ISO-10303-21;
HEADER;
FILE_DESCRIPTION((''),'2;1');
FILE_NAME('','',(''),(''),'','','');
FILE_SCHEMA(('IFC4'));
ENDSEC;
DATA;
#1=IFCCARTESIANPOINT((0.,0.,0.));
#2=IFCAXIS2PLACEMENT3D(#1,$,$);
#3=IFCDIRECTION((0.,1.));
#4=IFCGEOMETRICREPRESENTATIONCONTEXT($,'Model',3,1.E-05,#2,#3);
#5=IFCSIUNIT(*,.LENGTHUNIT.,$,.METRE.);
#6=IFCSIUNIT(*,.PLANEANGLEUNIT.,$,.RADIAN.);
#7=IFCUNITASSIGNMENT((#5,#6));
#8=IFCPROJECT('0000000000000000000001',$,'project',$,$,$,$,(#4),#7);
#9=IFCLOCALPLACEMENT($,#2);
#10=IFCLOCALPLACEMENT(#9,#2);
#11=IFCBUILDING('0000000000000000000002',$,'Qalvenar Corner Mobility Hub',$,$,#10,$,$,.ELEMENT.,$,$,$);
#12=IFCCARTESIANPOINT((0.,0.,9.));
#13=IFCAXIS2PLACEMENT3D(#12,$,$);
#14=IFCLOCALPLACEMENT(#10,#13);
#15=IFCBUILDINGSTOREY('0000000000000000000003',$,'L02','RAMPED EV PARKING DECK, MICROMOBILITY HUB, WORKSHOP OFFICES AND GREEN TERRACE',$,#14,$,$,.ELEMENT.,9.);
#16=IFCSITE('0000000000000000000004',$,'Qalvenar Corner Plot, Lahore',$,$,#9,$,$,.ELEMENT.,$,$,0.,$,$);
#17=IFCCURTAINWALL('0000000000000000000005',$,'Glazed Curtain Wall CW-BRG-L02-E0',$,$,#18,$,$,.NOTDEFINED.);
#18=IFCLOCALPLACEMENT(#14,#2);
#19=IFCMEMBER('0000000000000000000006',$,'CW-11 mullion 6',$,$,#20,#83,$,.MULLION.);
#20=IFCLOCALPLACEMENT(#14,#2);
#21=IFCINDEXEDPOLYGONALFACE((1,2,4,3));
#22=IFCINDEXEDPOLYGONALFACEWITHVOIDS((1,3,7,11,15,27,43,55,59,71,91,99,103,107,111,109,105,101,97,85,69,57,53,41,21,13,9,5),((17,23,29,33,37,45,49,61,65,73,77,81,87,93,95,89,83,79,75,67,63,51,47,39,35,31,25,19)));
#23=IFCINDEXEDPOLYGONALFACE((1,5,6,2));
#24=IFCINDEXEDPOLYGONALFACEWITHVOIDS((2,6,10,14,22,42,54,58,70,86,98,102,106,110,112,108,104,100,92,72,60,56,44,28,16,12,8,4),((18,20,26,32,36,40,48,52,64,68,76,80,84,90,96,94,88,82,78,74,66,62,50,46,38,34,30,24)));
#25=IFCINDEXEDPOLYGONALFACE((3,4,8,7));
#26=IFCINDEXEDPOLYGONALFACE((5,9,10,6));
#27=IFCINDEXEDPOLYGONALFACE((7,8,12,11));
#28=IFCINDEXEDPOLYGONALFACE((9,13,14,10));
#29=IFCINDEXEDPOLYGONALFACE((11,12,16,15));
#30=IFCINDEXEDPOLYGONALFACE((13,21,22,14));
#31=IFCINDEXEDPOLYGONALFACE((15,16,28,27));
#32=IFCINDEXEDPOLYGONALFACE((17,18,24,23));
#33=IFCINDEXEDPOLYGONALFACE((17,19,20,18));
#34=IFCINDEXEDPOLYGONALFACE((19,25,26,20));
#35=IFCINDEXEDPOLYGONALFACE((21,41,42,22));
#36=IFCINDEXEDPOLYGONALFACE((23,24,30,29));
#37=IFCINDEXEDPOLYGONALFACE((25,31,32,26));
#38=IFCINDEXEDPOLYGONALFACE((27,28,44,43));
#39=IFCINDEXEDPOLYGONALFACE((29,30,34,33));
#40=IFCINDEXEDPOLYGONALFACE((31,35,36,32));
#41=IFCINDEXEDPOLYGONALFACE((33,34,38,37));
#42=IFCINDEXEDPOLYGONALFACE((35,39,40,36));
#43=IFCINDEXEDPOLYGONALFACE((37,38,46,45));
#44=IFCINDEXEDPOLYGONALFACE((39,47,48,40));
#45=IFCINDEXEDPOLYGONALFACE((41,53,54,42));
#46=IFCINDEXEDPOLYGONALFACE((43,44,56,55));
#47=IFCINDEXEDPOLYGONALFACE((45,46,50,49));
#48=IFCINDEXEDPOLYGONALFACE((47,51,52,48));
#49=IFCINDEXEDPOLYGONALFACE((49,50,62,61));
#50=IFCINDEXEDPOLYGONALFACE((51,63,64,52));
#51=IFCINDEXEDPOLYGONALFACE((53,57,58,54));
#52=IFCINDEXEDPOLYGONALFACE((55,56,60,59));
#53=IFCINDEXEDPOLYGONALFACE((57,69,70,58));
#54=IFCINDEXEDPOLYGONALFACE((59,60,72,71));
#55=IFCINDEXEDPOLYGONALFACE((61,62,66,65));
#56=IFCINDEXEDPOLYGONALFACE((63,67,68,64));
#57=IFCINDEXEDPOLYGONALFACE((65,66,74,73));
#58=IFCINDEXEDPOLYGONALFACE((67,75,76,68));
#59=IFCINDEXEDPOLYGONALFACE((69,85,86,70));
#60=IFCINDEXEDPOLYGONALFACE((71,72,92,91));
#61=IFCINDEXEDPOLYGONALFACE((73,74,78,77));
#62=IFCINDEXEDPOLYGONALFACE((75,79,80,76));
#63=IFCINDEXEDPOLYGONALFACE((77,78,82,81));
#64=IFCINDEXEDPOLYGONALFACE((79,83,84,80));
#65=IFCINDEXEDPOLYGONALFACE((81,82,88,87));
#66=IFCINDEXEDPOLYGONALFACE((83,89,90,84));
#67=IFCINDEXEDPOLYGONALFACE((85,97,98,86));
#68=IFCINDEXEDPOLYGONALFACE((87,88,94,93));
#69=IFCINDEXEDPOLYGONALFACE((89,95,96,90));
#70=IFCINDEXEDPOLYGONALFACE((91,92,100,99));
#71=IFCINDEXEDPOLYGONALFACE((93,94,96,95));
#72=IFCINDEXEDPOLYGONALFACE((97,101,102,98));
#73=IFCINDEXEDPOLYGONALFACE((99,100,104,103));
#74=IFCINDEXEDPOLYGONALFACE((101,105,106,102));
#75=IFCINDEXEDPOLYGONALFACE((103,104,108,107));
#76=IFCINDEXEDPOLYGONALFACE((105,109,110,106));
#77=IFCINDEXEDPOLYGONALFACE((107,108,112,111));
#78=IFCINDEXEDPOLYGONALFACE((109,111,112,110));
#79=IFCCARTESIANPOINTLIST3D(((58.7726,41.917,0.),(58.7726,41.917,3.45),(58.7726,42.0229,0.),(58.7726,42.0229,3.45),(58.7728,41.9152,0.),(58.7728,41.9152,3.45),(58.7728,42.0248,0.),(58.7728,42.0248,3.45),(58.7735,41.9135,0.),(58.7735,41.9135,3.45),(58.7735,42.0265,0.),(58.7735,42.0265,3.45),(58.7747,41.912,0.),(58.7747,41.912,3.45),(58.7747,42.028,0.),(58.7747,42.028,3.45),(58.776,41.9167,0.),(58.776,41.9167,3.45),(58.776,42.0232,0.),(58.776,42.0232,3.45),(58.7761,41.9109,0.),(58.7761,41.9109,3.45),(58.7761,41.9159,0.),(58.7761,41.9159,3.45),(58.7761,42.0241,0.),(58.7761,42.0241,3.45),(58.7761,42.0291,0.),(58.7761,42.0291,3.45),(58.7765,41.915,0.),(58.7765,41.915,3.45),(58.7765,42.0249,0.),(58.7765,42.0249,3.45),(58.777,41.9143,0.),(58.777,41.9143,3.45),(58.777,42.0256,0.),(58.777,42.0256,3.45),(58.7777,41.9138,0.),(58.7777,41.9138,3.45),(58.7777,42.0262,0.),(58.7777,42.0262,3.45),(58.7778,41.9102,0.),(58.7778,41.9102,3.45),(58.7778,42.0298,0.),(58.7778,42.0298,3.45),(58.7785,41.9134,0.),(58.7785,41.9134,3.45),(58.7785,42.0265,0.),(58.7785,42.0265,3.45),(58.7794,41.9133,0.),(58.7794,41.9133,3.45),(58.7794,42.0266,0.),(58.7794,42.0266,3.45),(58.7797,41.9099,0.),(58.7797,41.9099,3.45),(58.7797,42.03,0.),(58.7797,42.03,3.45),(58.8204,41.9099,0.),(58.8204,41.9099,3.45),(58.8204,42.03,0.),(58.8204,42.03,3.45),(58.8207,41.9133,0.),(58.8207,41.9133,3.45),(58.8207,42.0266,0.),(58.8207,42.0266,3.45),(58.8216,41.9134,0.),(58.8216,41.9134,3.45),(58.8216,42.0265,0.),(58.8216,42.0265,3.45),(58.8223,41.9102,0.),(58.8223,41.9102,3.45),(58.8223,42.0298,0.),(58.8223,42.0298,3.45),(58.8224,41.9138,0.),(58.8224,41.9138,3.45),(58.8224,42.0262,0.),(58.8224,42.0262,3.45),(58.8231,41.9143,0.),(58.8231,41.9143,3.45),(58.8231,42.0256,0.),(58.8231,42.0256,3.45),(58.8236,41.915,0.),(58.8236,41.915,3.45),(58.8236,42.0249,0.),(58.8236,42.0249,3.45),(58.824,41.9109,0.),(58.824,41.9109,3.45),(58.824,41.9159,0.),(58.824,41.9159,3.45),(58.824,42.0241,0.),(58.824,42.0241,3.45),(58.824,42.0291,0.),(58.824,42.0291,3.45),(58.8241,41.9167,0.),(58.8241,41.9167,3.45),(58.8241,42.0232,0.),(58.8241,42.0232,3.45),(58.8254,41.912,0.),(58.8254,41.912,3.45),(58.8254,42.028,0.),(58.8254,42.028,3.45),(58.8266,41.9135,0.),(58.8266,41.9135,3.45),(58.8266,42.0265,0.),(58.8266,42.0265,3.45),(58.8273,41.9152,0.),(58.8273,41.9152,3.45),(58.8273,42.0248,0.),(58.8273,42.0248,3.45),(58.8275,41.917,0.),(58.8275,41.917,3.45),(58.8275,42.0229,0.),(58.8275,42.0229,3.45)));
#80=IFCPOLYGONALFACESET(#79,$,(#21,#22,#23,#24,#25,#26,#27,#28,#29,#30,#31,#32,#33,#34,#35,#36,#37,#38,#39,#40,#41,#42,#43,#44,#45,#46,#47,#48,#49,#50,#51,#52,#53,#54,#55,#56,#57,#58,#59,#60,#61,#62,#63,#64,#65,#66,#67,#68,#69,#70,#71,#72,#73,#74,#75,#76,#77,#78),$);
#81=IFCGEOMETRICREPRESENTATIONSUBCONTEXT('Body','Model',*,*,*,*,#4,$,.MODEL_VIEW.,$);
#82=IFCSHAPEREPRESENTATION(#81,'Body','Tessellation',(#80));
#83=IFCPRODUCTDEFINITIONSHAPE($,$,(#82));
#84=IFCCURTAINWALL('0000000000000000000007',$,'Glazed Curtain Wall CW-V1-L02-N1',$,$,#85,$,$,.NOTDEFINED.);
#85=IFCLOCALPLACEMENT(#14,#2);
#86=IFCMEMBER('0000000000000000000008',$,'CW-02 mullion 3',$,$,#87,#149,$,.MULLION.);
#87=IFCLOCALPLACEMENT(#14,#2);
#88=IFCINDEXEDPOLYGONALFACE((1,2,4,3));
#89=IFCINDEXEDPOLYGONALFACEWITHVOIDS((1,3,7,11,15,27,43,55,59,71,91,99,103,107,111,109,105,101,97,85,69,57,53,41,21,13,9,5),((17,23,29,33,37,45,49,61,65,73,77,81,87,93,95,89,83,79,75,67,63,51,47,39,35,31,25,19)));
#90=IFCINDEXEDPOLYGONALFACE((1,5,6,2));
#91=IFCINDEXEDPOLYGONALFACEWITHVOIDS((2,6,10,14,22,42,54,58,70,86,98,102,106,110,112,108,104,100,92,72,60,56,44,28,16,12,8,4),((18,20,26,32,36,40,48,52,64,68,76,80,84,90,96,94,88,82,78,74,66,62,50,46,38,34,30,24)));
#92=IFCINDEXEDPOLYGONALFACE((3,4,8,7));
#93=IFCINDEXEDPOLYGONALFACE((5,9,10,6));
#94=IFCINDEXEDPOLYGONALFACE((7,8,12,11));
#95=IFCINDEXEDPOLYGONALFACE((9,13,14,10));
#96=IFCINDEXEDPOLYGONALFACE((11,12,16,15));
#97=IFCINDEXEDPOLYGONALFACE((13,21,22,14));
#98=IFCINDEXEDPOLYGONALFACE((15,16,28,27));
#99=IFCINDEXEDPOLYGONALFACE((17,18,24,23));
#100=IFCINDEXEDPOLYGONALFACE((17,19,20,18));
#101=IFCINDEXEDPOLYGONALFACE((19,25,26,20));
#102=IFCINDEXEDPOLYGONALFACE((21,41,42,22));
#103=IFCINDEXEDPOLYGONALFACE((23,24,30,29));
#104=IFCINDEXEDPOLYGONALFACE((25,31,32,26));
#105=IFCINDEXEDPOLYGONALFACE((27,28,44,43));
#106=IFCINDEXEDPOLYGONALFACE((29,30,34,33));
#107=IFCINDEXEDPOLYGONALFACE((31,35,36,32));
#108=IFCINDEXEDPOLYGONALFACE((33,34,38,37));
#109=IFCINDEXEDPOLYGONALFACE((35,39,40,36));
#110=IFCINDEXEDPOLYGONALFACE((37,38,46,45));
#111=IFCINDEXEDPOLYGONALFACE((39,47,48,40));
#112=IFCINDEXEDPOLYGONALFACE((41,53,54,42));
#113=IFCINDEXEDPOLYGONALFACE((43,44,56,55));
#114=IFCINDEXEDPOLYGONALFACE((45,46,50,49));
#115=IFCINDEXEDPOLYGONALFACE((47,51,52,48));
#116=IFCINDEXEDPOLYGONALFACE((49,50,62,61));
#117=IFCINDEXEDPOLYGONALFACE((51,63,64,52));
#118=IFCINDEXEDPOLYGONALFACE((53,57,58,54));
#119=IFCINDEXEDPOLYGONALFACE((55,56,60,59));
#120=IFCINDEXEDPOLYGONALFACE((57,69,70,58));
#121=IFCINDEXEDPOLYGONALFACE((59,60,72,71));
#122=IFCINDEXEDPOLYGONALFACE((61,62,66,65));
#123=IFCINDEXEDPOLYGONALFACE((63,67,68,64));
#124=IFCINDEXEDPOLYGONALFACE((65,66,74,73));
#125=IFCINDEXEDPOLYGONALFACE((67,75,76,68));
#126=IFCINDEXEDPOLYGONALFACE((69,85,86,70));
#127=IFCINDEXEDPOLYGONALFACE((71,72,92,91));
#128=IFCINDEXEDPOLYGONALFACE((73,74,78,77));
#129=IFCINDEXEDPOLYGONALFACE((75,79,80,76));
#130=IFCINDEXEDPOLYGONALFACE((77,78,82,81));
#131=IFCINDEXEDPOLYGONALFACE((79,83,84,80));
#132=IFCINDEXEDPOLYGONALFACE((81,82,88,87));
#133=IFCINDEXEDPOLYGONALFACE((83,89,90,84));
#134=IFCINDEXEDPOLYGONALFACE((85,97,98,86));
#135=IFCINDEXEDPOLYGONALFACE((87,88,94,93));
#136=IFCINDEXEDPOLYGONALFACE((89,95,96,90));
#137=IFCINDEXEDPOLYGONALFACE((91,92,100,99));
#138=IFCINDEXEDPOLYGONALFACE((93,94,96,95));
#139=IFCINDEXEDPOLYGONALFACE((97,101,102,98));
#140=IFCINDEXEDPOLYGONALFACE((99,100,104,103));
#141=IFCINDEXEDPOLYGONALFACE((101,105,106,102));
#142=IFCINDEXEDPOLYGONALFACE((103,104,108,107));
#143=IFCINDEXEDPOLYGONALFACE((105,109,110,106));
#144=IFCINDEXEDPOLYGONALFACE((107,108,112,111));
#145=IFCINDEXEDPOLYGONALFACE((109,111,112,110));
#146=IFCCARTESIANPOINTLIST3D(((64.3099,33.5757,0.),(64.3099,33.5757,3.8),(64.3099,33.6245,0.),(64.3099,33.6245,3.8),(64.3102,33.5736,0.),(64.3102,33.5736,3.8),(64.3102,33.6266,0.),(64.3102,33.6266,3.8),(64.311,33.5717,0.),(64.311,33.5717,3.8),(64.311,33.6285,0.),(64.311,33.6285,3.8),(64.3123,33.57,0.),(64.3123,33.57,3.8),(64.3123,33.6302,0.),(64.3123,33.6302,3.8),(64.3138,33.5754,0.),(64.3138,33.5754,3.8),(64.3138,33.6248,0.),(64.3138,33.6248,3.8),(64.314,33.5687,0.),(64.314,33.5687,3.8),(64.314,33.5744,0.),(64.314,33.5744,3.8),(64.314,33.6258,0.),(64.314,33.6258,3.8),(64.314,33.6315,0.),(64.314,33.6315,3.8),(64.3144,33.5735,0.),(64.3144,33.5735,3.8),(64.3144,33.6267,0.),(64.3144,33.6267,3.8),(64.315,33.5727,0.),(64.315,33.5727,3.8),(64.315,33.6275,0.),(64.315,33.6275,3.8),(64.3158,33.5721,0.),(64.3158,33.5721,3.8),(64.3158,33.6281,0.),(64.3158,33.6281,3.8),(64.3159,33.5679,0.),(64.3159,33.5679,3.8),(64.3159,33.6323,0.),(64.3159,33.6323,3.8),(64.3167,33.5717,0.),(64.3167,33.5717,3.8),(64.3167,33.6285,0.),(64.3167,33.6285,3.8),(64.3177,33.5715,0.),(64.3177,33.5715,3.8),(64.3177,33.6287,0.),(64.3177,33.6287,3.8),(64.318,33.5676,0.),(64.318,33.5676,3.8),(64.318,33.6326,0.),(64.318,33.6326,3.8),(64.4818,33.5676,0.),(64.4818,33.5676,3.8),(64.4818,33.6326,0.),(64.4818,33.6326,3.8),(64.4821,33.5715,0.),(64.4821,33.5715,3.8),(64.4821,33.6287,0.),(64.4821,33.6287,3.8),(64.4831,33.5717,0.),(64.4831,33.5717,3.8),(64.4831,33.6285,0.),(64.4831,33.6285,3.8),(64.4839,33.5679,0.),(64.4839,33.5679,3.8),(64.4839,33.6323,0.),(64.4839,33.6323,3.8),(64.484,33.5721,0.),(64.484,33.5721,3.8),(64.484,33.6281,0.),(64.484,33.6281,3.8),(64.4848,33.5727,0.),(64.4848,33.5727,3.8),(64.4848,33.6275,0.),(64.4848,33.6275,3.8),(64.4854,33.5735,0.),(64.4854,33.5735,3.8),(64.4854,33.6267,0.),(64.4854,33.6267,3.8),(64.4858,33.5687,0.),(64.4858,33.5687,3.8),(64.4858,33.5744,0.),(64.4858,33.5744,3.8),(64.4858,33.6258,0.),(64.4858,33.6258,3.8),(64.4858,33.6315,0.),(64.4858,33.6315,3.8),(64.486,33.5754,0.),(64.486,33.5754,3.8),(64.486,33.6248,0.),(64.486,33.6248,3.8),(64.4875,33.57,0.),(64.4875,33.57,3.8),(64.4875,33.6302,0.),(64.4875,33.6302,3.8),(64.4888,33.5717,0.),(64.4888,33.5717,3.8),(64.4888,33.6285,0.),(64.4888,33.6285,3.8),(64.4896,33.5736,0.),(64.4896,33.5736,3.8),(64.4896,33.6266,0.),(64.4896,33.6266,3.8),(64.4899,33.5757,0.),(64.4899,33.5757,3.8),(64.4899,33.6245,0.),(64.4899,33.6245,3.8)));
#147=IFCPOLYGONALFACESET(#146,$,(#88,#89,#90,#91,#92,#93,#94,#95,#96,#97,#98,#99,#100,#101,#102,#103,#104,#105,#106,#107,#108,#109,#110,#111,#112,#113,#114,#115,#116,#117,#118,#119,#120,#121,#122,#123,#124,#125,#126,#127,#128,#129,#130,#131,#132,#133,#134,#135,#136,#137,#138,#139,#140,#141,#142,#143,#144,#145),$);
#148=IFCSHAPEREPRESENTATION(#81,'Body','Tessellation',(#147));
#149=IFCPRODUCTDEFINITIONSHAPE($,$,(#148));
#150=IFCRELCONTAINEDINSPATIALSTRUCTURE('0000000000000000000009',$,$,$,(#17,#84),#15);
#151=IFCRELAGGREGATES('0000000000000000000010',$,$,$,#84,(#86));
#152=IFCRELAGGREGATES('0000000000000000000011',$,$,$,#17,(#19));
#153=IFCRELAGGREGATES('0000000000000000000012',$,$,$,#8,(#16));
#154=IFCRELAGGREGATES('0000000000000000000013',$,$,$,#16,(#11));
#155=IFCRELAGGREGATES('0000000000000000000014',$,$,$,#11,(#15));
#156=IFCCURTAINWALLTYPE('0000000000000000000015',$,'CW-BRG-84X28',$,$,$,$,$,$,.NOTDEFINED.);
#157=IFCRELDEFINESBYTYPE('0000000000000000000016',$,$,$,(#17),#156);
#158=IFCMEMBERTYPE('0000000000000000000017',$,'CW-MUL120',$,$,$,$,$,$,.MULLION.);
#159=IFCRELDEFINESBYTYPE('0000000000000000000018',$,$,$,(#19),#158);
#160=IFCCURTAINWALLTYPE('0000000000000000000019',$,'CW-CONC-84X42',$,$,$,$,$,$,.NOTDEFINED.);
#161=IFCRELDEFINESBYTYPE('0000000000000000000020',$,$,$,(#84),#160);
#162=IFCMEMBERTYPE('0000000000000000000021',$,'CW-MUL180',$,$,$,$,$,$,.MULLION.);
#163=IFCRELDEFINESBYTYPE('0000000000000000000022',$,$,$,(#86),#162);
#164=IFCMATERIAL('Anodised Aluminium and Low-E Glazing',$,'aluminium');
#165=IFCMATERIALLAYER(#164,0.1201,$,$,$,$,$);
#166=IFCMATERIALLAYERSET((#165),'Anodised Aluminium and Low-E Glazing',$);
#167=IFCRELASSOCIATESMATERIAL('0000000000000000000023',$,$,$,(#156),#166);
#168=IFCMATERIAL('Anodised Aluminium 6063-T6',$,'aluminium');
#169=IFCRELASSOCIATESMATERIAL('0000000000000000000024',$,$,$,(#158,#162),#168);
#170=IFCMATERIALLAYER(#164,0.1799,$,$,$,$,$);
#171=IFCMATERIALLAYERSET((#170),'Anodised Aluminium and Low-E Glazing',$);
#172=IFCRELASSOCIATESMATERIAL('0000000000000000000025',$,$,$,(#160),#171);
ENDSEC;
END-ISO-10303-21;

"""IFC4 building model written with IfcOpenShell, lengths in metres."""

from ifc_helpers import new_model, si_unit, direction, frame, origin, origin_2d, place, context, subcontext, project, spatial, hollow_rectangle, extrude, material, layer, layer_set, material_profile, profile_set, type_object, element, aggregate, save


model = new_model("IFC4")

# Units and contexts
model_context = context("Model", 3, precision=1e-05, world=origin(), true_north=direction((0.0, 1.0)))
body_context = subcontext(model_context, "Body", "Model", "MODEL_VIEW")
ifc_project = project(units=[si_unit("LENGTHUNIT", "METRE"), si_unit("PLANEANGLEUNIT", "RADIAN")], contexts=[model_context])

# Site, building, storey
site_placement = place(None, origin())
site = spatial("IfcSite", under=ifc_project, at=site_placement, Name="Qalvenar Corner Plot, Lahore", CompositionType="ELEMENT", RefElevation=0.0)
building_placement = place(site_placement, origin())
building = spatial("IfcBuilding", under=site, at=building_placement, Name="Qalvenar Corner Mobility Hub", CompositionType="ELEMENT")
storey_placement = place(building_placement, frame((0.0, 0.0, 9.0)))
storey = spatial("IfcBuildingStorey", under=building, at=storey_placement, Name="L02", Description="RAMPED EV PARKING DECK, MICROMOBILITY HUB, WORKSHOP OFFICES AND GREEN TERRACE", CompositionType="ELEMENT", Elevation=9.0)

# Curtain wall, member
ifc_material_1 = material(Name="Anodised Aluminium and Low-E Glazing", Category="aluminium")
ifc_layer_1 = layer(ifc_material_1, 0.1201)
ifc_layer_set_1 = layer_set([ifc_layer_1], Name="Anodised Aluminium and Low-E Glazing")
curtain_wall_type_1 = type_object("IfcCurtainWallType", Name="CW-BRG-84X28", PredefinedType="NOTDEFINED", material=ifc_layer_set_1)
curtain_wall_1_placement = place(storey_placement, origin())
curtain_wall_1 = element("IfcCurtainWall", 1, at=curtain_wall_1_placement, inside=storey, type_object=curtain_wall_type_1, Name="Glazed Curtain Wall CW-BRG-L02-E0", PredefinedType="NOTDEFINED")
ifc_material_2 = material(Name="Anodised Aluminium 6063-T6", Category="aluminium")
ifc_material_profile_1 = material_profile(ifc_material_2, hollow_rectangle(XDim=0.0549, YDim=0.1201, WallThickness=0.0034, InnerFilletRadius=0.0034, OuterFilletRadius=0.0071, at=origin_2d()), Name="RHS120x55x3.5")
ifc_profile_set_1 = profile_set([ifc_material_profile_1], Name="Anodised Aluminium 6063-T6")
member_type_1 = type_object("IfcMemberType", Name="CW-MUL120", PredefinedType="MULLION", material=ifc_profile_set_1)
member_1_placement = place(storey_placement, frame((58.8, 41.97, 0.0), z_axis=(0.0, 0.0, 1.0), x_axis=(-1.0, 0.0, 0.0)))
member_1 = element("IfcMember", 2, at=member_1_placement, type_object=member_type_1, Name="CW-11 mullion 6", PredefinedType="MULLION", context=body_context, shape_type="SweptSolid", body=[
    extrude(hollow_rectangle(XDim=0.0549, YDim=0.1201, WallThickness=0.0034, InnerFilletRadius=0.0034, OuterFilletRadius=0.0071, at=origin_2d()), origin(), (0.0, 0.0, 1.0), 3.45),
])

# Curtain wall, member
ifc_layer_2 = layer(ifc_material_1, 0.1799)
ifc_layer_set_2 = layer_set([ifc_layer_2], Name="Anodised Aluminium and Low-E Glazing")
curtain_wall_type_2 = type_object("IfcCurtainWallType", Name="CW-CONC-84X42", PredefinedType="NOTDEFINED", material=ifc_layer_set_2)
curtain_wall_2_placement = place(storey_placement, origin())
curtain_wall_2 = element("IfcCurtainWall", 3, at=curtain_wall_2_placement, inside=storey, type_object=curtain_wall_type_2, Name="Glazed Curtain Wall CW-V1-L02-N1", PredefinedType="NOTDEFINED")
ifc_material_profile_2 = material_profile(ifc_material_2, hollow_rectangle(XDim=0.0649, YDim=0.1799, WallThickness=0.0039, InnerFilletRadius=0.0039, OuterFilletRadius=0.0081, at=origin_2d()), Name="RHS180x65x4")
ifc_profile_set_2 = profile_set([ifc_material_profile_2], Name="Anodised Aluminium 6063-T6")
member_type_2 = type_object("IfcMemberType", Name="CW-MUL180", PredefinedType="MULLION", material=ifc_profile_set_2)
member_2_placement = place(storey_placement, frame((64.3999, 33.6001, 0.0), z_axis=(0.0, 0.0, 1.0), x_axis=(0.0, -1.0, 0.0)))
member_2 = element("IfcMember", 4, at=member_2_placement, type_object=member_type_2, Name="CW-02 mullion 3", PredefinedType="MULLION", context=body_context, shape_type="SweptSolid", body=[
    extrude(hollow_rectangle(XDim=0.0649, YDim=0.1799, WallThickness=0.0039, InnerFilletRadius=0.0039, OuterFilletRadius=0.0081, at=origin_2d()), origin(), (0.0, 0.0, 1.0), 3.8),
])
aggregate(curtain_wall_2, [member_2])

aggregate(curtain_wall_1, [member_1])

save(model, "model.ifc")
